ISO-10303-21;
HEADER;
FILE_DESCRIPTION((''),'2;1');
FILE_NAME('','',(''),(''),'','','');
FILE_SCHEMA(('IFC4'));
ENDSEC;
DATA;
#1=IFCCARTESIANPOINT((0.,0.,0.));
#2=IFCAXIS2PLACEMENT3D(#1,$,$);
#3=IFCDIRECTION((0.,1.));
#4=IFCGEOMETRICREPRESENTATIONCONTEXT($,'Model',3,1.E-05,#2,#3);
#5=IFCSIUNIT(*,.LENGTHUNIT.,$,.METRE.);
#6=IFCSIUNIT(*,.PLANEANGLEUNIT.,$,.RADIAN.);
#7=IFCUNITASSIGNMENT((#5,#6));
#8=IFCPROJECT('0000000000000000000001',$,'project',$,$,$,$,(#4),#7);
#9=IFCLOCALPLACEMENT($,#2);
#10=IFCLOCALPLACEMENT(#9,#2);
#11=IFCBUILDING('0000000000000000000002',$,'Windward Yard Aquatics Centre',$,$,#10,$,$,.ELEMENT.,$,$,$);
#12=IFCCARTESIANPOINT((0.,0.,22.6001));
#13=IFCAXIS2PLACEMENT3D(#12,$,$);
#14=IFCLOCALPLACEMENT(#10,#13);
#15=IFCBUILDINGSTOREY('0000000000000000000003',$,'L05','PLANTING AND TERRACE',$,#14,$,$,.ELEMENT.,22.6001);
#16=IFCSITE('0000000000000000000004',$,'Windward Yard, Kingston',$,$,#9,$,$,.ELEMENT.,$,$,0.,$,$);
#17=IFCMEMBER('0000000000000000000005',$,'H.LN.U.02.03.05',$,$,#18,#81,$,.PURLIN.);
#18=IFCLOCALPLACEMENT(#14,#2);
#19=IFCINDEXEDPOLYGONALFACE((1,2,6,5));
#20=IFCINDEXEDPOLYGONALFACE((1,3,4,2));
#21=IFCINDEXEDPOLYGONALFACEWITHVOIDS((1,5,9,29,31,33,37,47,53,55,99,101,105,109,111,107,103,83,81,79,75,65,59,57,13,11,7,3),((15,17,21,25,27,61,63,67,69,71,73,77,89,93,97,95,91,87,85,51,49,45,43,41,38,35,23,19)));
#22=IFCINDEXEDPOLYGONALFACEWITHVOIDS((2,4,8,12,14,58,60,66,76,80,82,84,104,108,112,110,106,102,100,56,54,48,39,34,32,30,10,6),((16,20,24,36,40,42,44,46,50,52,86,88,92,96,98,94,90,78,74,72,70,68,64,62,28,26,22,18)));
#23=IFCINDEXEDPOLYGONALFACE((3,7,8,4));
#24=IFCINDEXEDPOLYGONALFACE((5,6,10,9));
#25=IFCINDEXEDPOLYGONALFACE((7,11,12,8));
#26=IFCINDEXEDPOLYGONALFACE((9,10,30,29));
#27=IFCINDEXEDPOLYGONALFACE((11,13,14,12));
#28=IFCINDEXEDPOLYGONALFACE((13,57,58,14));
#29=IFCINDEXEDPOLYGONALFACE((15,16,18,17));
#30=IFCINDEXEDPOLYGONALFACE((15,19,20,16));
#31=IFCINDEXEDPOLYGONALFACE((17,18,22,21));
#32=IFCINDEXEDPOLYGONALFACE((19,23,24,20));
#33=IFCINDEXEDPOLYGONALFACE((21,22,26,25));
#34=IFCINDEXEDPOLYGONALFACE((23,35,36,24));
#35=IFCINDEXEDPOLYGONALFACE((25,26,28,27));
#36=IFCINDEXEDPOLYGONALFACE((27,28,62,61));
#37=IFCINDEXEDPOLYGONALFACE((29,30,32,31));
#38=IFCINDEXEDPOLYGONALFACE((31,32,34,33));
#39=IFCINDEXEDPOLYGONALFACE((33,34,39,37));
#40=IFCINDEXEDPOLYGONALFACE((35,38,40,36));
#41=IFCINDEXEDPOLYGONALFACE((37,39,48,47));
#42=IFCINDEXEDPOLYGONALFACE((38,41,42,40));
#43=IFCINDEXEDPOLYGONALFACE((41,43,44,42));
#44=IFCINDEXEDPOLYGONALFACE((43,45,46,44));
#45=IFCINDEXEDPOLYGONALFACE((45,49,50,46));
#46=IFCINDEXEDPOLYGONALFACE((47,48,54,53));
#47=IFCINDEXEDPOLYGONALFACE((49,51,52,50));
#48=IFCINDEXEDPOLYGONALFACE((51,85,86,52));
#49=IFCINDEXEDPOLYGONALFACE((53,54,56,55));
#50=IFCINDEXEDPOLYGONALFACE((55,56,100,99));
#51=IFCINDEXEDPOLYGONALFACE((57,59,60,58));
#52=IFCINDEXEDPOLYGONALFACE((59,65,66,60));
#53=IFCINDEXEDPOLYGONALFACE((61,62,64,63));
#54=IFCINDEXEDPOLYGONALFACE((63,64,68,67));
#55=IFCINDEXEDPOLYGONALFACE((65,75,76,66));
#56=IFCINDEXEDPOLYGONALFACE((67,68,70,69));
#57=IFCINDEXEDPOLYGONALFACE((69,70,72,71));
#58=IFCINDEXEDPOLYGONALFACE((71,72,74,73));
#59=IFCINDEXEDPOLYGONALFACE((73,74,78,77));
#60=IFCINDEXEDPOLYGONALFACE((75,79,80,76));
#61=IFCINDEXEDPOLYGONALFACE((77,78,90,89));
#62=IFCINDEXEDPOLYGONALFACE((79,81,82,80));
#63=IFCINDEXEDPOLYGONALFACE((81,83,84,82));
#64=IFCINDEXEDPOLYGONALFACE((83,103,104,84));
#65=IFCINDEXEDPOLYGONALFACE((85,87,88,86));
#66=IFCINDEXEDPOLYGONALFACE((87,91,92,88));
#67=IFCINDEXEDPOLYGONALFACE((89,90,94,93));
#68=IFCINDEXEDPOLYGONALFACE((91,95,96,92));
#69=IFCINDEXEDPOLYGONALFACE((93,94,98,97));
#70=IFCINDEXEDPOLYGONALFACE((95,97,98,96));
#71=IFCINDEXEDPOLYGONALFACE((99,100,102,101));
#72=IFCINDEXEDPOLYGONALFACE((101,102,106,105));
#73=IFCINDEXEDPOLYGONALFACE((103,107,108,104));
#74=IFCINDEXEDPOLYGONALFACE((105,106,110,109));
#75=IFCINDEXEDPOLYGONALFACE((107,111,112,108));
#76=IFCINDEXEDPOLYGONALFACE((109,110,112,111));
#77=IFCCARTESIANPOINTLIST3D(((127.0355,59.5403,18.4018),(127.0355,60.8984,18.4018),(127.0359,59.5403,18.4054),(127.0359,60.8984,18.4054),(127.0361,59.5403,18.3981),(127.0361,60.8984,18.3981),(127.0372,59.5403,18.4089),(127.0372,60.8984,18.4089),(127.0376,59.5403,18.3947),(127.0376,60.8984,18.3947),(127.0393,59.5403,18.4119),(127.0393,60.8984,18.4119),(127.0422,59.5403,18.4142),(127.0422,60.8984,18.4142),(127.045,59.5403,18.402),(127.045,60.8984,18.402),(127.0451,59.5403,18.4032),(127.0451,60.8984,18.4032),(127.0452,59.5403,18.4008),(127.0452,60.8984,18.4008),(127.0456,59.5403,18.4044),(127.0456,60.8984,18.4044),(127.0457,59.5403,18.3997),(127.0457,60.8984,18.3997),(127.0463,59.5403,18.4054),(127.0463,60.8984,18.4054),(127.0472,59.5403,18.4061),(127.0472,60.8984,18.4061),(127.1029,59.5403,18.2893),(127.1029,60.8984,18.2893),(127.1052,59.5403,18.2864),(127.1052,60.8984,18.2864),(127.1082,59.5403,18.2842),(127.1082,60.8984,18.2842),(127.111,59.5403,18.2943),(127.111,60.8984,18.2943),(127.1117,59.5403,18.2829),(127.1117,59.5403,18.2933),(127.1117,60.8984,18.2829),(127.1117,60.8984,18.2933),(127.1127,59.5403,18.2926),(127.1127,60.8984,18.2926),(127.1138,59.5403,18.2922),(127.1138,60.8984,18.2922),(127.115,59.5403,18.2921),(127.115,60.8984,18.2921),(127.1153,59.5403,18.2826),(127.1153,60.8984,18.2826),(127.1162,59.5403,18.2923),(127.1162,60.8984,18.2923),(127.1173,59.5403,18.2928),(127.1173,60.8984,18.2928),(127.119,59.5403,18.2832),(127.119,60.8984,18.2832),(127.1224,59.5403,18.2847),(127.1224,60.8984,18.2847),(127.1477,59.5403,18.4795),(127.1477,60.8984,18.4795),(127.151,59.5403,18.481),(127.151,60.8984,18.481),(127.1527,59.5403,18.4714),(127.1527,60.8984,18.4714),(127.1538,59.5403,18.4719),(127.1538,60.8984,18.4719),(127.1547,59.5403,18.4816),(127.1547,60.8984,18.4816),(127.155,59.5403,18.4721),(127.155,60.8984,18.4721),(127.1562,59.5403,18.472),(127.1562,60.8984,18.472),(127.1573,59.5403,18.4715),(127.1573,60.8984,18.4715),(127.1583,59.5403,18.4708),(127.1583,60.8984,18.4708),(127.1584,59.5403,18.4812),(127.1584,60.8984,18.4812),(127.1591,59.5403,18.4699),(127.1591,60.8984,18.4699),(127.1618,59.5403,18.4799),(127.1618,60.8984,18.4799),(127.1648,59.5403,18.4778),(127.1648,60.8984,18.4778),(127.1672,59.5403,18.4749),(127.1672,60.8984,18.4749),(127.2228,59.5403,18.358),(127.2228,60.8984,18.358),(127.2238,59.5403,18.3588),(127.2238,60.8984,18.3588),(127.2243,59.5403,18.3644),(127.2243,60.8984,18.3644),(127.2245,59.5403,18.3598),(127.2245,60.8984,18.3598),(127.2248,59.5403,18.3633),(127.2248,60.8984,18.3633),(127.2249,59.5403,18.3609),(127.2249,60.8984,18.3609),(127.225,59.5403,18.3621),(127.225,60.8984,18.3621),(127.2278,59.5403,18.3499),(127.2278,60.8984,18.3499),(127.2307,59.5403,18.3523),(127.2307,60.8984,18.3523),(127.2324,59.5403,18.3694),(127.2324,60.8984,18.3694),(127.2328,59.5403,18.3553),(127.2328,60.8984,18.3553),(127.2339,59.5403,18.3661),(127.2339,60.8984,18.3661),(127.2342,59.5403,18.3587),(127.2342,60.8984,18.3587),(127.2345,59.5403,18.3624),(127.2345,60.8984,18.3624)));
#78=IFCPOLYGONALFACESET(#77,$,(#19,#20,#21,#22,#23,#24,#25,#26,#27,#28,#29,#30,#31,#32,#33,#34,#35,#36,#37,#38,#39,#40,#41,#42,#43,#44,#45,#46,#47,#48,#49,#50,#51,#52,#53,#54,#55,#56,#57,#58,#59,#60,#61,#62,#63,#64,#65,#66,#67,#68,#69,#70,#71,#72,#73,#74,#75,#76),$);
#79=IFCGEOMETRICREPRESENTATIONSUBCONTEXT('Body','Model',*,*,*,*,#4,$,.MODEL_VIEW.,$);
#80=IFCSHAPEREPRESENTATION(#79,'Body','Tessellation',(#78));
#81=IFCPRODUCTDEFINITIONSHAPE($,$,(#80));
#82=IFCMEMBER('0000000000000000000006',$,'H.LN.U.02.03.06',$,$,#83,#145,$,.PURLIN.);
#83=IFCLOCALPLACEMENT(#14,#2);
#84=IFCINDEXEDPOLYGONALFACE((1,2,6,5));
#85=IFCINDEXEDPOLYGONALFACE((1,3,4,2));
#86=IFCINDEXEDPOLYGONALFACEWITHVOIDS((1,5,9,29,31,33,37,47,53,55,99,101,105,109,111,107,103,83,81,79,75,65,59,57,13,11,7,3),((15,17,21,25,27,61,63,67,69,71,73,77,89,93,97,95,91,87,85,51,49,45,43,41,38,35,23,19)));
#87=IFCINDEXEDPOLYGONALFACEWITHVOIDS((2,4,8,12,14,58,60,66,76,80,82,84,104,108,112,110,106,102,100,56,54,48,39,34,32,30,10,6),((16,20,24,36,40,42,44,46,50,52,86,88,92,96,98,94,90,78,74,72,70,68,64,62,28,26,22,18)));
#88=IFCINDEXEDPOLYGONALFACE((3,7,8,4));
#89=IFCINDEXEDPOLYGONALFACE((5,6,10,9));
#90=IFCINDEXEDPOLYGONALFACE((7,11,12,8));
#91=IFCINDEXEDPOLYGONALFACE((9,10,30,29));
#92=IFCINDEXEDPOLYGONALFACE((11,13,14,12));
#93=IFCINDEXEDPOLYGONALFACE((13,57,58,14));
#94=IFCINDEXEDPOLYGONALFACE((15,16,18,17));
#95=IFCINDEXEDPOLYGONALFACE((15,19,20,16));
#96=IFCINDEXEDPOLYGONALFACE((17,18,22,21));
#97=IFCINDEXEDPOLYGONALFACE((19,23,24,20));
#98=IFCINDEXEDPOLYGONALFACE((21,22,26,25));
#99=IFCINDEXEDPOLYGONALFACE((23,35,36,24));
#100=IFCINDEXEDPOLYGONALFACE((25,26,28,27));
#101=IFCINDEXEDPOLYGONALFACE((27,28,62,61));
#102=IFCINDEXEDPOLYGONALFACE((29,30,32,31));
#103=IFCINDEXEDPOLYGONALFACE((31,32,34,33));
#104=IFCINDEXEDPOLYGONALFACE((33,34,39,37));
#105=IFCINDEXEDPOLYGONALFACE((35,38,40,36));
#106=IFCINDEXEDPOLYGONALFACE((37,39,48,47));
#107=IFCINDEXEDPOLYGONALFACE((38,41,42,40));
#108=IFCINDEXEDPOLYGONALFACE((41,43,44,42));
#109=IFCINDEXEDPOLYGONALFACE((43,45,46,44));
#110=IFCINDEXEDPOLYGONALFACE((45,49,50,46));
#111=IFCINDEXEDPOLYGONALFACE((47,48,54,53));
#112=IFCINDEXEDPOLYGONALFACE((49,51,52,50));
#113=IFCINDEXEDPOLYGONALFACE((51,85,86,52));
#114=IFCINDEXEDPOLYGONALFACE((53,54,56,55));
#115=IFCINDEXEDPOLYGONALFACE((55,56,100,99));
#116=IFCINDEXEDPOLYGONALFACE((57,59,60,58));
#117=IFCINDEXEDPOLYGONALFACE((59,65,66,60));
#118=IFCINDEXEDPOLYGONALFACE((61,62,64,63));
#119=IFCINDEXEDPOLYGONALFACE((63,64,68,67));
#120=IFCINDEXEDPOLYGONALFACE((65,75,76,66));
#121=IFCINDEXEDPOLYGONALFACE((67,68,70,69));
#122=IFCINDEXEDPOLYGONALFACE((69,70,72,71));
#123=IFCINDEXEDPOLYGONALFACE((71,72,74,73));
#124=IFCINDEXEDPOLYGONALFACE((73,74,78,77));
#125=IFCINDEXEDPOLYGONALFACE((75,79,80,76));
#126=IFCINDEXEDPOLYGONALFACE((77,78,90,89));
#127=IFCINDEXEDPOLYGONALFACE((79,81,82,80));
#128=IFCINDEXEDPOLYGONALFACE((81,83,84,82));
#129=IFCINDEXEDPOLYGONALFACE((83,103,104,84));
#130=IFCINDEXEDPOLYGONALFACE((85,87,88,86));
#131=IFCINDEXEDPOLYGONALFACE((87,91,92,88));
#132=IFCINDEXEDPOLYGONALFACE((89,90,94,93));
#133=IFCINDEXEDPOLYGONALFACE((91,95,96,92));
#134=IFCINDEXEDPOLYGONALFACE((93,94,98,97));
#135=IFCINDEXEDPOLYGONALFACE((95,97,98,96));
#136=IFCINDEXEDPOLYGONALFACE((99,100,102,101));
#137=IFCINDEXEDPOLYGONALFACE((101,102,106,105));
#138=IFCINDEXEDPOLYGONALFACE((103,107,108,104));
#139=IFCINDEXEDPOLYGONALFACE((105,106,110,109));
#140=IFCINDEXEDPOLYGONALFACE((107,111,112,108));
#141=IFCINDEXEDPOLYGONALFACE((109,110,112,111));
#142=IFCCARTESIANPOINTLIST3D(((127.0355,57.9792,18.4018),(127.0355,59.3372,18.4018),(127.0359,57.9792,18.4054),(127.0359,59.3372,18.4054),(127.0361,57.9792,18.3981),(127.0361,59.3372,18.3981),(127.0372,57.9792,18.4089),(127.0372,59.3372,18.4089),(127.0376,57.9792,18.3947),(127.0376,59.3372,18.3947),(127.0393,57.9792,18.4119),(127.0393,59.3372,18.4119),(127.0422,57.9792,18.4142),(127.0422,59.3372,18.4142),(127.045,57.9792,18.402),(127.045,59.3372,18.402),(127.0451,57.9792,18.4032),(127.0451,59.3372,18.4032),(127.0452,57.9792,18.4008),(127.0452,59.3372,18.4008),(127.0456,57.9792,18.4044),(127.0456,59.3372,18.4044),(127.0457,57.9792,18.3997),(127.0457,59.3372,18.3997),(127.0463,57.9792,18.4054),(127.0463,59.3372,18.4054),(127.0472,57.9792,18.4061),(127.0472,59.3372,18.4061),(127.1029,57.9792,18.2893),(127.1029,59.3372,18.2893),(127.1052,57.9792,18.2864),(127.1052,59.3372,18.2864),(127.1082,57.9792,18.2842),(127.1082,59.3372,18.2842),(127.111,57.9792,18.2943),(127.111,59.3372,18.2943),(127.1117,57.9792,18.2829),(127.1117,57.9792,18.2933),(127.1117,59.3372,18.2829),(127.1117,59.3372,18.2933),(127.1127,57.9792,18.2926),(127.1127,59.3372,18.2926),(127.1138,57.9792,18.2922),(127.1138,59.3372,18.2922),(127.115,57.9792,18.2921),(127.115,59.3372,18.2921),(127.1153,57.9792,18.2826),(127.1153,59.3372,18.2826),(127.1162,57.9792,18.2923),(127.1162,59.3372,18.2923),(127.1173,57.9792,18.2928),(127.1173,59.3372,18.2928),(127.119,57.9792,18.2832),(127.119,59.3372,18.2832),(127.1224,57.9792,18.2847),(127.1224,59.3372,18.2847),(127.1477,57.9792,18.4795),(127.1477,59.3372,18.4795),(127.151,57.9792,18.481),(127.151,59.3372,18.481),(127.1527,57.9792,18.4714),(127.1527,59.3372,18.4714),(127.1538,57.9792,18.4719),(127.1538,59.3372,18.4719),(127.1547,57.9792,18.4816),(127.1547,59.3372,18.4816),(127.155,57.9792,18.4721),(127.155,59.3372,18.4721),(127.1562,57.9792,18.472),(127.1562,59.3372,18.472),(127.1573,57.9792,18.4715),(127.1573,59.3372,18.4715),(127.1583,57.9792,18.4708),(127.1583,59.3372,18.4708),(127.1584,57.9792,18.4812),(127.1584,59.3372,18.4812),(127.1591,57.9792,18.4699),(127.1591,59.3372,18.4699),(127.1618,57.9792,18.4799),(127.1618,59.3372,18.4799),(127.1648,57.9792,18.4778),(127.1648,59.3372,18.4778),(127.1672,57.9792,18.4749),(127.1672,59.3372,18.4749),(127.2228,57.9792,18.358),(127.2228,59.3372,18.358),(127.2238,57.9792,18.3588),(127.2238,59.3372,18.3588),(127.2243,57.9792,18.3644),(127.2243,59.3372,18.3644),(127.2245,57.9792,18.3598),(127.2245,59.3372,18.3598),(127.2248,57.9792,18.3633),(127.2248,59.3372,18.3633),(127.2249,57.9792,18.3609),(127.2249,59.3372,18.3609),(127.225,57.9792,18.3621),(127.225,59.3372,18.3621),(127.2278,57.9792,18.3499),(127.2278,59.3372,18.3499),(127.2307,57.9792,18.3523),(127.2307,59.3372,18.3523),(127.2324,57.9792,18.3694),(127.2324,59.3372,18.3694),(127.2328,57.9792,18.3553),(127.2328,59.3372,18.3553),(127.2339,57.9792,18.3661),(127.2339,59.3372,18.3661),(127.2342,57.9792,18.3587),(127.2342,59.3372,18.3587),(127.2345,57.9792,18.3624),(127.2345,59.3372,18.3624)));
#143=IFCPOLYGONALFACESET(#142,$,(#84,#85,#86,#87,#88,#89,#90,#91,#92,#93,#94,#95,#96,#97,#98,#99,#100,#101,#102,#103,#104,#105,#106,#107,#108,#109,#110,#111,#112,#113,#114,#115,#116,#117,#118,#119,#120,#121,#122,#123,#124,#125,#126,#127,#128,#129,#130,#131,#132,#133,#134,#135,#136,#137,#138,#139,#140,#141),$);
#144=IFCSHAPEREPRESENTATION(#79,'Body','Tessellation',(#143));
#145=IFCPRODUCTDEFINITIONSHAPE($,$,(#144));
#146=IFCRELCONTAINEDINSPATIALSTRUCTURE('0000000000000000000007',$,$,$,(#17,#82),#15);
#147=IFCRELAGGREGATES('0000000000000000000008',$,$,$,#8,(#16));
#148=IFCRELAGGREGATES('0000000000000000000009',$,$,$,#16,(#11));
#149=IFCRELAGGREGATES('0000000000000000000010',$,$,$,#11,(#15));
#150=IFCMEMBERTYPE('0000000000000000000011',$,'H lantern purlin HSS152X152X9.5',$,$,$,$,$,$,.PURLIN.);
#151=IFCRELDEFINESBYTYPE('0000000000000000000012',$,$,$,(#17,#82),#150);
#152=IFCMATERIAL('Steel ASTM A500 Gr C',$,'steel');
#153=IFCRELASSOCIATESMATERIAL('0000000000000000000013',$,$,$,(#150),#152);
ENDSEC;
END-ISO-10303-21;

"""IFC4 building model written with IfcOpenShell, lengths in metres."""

from ifc_helpers import new_model, si_unit, direction, frame, origin, origin_2d, place, context, subcontext, project, spatial, hollow_rectangle, extrude, material, material_profile, profile_set, type_object, element, save


model = new_model("IFC4")

# Units and contexts
model_context = context("Model", 3, precision=1e-05, world=origin(), true_north=direction((0.0, 1.0)))
body_context = subcontext(model_context, "Body", "Model", "MODEL_VIEW")
ifc_project = project(units=[si_unit("LENGTHUNIT", "METRE"), si_unit("PLANEANGLEUNIT", "RADIAN")], contexts=[model_context])

# Site, building, storey
site_placement = place(None, origin())
site = spatial("IfcSite", under=ifc_project, at=site_placement, Name="Windward Yard, Kingston", CompositionType="ELEMENT", RefElevation=0.0)
building_placement = place(site_placement, origin())
building = spatial("IfcBuilding", under=site, at=building_placement, Name="Windward Yard Aquatics Centre", CompositionType="ELEMENT")
storey_placement = place(building_placement, frame((0.0, 0.0, 22.6001)))
storey = spatial("IfcBuildingStorey", under=building, at=storey_placement, Name="L05", Description="PLANTING AND TERRACE", CompositionType="ELEMENT", Elevation=22.6001)

# Members
ifc_material_1 = material(Name="Steel ASTM A500 Gr C", Category="steel")
ifc_material_profile = material_profile(ifc_material_1, hollow_rectangle(XDim=0.1523, YDim=0.1523, WallThickness=0.0095, InnerFilletRadius=0.0046, OuterFilletRadius=0.0142, at=origin_2d()), Name="HSS152X152X9.5")
ifc_profile_set = profile_set([ifc_material_profile], Name="Steel ASTM A500 Gr C")
member_type = type_object("IfcMemberType", Name="H lantern purlin HSS152X152X9.5", PredefinedType="PURLIN", material=ifc_profile_set)
member_1_placement = place(storey_placement, frame((127.135, 60.8984, 18.3821), z_axis=(0.0, -1.0, 0.0), x_axis=(0.526172, 0.0, -0.850378)))
element("IfcMember", 1, at=member_1_placement, inside=storey, type_object=member_type, Name="H.LN.U.02.03.05", PredefinedType="PURLIN", context=body_context, shape_type="SweptSolid", body=[
    extrude(hollow_rectangle(XDim=0.1523, YDim=0.1523, WallThickness=0.0095, InnerFilletRadius=0.0046, OuterFilletRadius=0.0142, at=origin_2d()), origin(), (0.0, 0.0, 1.0), 1.3582),
])
member_2_placement = place(storey_placement, frame((127.135, 59.3372, 18.3821), z_axis=(0.0, -1.0, 0.0), x_axis=(0.526172, 0.0, -0.850378)))
element("IfcMember", 2, at=member_2_placement, inside=storey, type_object=member_type, Name="H.LN.U.02.03.06", PredefinedType="PURLIN", context=body_context, shape_type="SweptSolid", body=[
    extrude(hollow_rectangle(XDim=0.1523, YDim=0.1523, WallThickness=0.0095, InnerFilletRadius=0.0046, OuterFilletRadius=0.0142, at=origin_2d()), origin(), (0.0, 0.0, 1.0), 1.3579),
])

save(model, "model.ifc")
